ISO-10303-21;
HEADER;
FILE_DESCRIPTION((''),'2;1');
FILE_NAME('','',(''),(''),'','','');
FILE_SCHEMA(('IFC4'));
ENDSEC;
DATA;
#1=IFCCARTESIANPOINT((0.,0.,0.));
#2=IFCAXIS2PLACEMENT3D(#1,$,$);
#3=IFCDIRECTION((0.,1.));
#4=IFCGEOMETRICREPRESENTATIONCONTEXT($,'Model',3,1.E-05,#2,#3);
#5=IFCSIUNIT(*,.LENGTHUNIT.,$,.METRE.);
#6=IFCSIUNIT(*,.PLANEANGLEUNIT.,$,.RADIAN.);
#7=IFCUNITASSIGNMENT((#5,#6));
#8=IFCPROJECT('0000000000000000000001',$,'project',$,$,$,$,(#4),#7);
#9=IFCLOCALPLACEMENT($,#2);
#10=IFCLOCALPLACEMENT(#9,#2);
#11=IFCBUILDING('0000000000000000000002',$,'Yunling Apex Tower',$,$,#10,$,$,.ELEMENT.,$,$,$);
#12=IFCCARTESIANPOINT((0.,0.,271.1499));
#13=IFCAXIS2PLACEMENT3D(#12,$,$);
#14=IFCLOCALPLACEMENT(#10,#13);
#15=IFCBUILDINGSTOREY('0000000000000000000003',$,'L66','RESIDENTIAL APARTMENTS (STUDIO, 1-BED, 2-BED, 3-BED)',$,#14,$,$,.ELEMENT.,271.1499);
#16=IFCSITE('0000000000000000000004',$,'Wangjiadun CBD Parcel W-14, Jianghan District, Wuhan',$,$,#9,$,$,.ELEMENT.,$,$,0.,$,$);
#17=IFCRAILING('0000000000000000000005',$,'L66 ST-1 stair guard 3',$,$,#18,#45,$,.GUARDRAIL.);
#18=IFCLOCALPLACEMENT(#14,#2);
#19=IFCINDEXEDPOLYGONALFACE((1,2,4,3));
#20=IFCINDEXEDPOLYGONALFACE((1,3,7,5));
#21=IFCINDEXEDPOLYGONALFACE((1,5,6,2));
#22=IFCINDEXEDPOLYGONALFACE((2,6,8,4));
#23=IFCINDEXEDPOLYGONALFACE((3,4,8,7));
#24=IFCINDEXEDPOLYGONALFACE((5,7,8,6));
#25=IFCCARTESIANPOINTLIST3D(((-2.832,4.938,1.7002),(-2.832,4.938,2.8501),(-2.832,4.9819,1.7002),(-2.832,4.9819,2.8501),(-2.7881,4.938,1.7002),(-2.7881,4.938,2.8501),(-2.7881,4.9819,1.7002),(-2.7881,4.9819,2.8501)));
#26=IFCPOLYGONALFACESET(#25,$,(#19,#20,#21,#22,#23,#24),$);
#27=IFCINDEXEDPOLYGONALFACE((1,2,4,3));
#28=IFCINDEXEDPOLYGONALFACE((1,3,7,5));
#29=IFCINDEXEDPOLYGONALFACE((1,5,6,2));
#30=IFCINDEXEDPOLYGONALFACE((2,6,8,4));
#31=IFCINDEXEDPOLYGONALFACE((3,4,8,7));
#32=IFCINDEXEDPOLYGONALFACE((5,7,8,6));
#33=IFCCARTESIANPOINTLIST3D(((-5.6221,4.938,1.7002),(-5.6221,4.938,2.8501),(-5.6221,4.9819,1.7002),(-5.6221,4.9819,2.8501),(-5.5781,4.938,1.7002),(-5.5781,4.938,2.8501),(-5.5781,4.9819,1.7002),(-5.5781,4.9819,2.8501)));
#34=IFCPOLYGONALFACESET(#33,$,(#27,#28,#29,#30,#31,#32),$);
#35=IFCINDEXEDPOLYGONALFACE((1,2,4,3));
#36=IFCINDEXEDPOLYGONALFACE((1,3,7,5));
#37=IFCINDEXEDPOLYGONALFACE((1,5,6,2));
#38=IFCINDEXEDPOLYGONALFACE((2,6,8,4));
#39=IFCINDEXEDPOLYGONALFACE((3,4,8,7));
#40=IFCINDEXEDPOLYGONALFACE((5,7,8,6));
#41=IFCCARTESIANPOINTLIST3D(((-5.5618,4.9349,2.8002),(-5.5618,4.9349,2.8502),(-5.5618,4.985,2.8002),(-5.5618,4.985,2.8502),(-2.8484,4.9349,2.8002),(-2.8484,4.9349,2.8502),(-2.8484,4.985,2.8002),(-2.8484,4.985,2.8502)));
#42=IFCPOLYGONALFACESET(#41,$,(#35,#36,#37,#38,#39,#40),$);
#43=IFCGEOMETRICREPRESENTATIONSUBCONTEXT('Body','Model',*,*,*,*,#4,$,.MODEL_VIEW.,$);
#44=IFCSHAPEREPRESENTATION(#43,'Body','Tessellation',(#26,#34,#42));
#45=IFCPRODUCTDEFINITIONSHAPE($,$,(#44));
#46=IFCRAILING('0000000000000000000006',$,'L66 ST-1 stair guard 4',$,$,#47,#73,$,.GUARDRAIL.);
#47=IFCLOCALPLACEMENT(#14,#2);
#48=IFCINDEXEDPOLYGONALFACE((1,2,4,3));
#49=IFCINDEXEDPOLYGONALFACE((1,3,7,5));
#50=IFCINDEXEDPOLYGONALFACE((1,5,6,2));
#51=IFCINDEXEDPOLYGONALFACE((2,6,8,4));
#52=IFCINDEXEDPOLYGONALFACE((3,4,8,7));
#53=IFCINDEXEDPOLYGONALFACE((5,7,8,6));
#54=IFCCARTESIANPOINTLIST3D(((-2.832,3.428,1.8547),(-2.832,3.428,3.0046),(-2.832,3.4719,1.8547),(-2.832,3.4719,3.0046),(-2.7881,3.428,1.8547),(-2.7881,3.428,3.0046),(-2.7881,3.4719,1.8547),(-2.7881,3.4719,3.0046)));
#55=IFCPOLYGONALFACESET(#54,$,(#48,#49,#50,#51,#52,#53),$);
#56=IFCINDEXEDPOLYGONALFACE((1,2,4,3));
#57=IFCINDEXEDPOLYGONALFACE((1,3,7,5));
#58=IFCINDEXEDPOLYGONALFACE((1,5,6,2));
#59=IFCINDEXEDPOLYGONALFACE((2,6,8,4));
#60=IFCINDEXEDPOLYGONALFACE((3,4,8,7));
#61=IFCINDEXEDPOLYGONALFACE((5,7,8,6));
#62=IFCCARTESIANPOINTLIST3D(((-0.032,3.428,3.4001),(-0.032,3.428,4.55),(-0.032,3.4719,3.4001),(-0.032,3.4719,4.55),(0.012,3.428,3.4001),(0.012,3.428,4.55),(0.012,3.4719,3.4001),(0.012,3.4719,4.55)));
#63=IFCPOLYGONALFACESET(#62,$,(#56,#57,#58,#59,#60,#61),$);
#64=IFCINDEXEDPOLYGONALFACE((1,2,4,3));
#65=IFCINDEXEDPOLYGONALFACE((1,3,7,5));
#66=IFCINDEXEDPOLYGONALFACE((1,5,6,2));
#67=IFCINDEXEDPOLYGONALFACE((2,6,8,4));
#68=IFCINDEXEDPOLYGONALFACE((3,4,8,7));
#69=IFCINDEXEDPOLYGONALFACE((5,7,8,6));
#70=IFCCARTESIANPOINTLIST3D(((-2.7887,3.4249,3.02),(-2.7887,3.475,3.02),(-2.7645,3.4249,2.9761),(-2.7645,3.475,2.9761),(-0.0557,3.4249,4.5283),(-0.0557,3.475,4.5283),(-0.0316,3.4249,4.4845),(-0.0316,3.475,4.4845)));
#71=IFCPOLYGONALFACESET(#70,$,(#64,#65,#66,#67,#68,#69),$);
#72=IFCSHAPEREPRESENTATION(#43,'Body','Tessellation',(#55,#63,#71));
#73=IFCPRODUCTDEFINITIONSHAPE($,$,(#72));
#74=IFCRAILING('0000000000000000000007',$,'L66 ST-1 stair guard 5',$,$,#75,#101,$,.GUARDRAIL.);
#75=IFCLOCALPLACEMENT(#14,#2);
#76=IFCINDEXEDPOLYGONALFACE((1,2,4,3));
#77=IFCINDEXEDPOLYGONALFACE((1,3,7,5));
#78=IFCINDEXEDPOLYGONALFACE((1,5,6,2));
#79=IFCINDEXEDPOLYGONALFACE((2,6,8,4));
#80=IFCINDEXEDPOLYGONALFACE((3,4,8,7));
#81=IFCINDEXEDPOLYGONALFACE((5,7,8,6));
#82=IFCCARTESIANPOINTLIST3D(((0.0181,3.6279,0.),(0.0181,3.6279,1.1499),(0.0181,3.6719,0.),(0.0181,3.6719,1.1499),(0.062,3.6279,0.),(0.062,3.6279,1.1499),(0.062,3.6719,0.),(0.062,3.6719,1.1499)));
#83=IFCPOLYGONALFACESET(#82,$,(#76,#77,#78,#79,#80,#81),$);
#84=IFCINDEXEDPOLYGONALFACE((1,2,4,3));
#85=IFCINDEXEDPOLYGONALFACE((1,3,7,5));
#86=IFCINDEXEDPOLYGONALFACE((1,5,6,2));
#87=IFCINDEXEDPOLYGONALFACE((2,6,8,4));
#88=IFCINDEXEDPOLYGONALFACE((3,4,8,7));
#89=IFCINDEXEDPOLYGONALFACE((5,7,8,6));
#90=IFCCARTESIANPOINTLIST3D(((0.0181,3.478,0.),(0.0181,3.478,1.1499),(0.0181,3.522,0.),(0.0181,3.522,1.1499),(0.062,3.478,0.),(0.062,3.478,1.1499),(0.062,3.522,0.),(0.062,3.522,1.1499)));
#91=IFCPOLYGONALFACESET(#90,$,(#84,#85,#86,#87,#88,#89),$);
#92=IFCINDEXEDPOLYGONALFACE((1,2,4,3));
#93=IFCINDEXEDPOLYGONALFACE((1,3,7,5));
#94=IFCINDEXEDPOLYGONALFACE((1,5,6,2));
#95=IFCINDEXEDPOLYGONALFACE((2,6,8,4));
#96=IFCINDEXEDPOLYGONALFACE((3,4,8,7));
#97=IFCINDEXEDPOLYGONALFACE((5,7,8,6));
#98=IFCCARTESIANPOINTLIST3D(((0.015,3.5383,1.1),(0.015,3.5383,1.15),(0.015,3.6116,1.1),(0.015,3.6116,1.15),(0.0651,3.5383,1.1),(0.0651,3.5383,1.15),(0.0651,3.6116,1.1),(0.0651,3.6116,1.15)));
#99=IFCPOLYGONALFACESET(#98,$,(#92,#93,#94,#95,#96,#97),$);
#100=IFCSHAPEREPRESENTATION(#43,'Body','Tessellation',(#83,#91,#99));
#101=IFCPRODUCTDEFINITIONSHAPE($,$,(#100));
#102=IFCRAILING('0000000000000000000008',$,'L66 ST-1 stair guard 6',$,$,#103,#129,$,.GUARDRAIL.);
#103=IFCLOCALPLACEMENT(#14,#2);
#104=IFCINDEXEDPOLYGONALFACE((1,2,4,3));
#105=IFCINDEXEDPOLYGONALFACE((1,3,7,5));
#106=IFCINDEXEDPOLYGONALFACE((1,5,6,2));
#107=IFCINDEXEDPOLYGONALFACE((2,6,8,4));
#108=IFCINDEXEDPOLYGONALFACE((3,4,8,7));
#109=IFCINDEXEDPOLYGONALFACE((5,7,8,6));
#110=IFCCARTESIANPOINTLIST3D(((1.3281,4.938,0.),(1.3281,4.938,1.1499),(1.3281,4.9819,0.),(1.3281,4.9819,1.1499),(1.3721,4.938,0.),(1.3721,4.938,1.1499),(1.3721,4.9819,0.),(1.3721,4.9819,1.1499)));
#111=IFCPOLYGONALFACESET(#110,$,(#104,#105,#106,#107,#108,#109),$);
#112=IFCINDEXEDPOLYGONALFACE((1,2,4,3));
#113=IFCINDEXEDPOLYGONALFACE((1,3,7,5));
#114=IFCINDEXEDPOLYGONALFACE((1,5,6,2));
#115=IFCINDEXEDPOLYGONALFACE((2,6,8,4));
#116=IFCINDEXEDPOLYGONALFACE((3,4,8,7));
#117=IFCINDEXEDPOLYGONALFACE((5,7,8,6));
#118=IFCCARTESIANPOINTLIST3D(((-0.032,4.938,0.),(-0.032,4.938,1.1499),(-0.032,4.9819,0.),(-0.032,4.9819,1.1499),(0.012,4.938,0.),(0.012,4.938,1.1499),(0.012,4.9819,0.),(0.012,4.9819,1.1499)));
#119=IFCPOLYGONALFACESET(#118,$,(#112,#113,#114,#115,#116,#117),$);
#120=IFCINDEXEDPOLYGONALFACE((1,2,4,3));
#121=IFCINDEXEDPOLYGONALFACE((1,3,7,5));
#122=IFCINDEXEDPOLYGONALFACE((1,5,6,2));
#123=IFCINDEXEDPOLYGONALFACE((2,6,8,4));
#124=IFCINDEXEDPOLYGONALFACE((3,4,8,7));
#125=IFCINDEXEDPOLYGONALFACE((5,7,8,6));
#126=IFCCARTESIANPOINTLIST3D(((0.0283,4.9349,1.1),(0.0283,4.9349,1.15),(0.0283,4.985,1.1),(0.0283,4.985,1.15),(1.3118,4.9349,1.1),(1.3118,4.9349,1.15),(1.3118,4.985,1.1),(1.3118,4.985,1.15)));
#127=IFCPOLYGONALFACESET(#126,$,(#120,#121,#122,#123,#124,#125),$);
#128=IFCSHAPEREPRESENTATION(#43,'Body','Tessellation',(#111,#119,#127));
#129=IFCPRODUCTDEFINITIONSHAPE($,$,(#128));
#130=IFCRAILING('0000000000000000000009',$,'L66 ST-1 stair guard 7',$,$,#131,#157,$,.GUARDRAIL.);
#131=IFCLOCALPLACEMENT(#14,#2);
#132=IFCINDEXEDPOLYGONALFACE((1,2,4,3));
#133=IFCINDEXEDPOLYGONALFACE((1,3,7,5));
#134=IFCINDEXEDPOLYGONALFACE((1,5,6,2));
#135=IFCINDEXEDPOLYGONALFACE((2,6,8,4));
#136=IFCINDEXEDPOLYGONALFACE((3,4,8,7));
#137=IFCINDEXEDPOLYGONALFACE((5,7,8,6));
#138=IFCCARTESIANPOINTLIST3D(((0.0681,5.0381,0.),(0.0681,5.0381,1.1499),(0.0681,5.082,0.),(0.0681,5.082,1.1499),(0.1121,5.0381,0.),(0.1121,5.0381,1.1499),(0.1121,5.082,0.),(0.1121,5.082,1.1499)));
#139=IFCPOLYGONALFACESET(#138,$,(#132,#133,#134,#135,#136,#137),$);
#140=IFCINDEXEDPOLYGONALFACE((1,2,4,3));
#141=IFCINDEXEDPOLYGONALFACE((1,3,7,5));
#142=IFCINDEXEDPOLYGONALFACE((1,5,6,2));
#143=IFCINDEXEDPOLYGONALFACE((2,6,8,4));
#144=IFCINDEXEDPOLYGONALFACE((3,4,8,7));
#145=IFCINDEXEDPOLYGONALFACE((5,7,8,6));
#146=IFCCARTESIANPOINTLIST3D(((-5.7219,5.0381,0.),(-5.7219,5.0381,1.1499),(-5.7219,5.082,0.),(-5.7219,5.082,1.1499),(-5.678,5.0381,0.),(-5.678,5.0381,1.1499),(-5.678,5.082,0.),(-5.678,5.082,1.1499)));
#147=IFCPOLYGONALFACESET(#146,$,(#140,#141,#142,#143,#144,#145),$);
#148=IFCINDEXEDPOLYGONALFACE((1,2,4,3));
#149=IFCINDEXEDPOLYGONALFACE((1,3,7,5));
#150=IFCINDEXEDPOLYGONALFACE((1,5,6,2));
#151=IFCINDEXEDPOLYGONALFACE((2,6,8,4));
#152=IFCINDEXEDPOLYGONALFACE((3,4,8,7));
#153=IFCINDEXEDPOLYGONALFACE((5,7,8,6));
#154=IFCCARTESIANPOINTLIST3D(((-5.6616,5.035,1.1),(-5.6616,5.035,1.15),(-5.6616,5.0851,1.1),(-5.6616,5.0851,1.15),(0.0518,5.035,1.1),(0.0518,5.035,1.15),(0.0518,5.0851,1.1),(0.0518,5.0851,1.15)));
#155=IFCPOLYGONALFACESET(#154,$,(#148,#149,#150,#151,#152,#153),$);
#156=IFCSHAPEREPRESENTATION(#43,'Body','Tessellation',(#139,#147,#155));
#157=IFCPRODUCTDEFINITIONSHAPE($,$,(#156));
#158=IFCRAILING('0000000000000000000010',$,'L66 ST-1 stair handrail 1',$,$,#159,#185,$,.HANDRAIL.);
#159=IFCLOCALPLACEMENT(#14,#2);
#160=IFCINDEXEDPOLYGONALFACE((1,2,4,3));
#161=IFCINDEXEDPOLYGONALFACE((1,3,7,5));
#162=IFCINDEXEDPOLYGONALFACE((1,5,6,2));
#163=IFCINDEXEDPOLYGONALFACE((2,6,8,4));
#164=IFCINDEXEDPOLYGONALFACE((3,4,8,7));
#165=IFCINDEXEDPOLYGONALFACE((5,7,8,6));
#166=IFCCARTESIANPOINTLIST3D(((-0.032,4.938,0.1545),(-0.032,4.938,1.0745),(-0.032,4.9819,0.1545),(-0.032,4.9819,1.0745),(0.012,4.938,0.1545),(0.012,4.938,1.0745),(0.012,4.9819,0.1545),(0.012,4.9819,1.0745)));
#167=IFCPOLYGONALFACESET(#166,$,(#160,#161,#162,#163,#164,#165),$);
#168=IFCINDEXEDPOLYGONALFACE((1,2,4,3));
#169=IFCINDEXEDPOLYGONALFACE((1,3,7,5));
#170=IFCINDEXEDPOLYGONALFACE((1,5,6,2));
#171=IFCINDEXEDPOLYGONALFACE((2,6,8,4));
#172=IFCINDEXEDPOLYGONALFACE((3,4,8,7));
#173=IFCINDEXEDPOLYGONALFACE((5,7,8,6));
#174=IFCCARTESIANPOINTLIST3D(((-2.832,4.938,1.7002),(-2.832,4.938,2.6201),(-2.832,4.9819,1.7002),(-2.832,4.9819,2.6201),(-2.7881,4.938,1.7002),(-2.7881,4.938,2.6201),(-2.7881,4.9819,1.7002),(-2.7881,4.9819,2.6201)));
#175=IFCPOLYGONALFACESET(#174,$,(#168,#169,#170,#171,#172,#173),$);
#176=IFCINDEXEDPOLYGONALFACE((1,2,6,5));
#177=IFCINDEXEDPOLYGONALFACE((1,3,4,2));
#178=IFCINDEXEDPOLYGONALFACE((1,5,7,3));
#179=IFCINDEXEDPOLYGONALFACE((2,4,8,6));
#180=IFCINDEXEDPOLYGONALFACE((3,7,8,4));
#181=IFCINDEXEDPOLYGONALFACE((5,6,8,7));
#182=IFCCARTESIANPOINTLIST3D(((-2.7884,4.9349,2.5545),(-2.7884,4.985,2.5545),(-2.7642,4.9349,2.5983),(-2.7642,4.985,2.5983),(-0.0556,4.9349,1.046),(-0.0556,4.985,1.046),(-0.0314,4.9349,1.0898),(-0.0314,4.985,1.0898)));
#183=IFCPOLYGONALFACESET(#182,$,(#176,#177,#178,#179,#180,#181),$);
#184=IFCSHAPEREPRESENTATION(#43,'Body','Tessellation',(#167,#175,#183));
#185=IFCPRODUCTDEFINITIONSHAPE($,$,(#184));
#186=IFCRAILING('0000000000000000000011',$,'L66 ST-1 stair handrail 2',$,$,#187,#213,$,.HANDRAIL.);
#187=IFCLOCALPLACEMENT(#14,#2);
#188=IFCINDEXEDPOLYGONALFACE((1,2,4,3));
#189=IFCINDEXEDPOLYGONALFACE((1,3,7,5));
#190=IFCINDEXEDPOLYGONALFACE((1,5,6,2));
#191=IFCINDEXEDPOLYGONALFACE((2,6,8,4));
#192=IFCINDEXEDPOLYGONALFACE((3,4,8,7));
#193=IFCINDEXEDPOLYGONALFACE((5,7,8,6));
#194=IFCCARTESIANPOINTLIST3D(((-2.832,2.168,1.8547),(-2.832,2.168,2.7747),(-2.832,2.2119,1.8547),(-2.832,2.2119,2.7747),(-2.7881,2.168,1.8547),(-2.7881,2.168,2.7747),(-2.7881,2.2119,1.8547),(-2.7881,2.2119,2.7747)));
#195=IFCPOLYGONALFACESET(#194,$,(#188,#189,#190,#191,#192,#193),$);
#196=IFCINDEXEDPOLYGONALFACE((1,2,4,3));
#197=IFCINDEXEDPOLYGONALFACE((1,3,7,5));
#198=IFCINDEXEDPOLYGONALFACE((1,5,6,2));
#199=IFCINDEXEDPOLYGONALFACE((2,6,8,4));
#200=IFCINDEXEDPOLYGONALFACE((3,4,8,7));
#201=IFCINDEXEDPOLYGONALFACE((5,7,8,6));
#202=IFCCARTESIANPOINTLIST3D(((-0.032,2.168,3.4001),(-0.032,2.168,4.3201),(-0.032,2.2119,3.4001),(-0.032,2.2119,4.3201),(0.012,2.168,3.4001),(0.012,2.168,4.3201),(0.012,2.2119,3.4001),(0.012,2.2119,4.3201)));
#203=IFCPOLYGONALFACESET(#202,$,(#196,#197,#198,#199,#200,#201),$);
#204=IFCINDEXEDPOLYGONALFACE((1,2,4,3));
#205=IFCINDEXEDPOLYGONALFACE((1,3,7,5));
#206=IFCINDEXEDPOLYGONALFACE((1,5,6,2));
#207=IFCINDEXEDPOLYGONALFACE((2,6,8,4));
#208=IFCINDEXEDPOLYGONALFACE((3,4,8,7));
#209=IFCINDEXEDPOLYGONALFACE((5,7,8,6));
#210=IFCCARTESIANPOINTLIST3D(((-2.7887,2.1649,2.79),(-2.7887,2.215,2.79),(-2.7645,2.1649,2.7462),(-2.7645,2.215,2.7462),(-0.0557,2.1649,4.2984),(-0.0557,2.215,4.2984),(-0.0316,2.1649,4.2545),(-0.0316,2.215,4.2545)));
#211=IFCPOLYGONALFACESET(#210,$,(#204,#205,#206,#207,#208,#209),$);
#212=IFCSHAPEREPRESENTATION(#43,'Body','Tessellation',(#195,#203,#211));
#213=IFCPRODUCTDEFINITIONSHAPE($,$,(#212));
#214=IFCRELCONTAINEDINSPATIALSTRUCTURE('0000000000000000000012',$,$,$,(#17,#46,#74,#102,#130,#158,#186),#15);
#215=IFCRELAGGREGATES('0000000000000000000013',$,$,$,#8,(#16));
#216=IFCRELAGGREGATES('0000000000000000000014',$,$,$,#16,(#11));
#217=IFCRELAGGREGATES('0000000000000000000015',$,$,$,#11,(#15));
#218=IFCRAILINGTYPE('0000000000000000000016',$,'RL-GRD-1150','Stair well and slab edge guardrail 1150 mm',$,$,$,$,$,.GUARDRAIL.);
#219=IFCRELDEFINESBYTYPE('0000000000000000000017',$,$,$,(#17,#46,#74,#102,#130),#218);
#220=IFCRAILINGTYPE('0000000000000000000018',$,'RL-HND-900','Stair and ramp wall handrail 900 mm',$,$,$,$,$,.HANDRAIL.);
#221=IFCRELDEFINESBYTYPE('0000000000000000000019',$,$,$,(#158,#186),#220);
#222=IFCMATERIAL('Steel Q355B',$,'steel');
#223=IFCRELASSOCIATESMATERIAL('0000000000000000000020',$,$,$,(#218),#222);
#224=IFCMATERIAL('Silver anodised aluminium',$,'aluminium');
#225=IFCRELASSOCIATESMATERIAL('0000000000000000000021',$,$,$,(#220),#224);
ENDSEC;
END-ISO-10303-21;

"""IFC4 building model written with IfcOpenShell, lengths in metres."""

from ifc_helpers import new_model, si_unit, direction, frame, origin, origin_2d, place, context, subcontext, project, spatial, rectangle, extrude, material, type_object, element, save


model = new_model("IFC4")

# Units and contexts
model_context = context("Model", 3, precision=1e-05, world=origin(), true_north=direction((0.0, 1.0)))
body_context = subcontext(model_context, "Body", "Model", "MODEL_VIEW")
ifc_project = project(units=[si_unit("LENGTHUNIT", "METRE"), si_unit("PLANEANGLEUNIT", "RADIAN")], contexts=[model_context])

# Site, building, storey
site_placement = place(None, origin())
site = spatial("IfcSite", under=ifc_project, at=site_placement, Name="Wangjiadun CBD Parcel W-14, Jianghan District, Wuhan", CompositionType="ELEMENT", RefElevation=0.0)
building_placement = place(site_placement, origin())
building = spatial("IfcBuilding", under=site, at=building_placement, Name="Yunling Apex Tower", CompositionType="ELEMENT")
storey_placement = place(building_placement, frame((0.0, 0.0, 271.1499)))
storey = spatial("IfcBuildingStorey", under=building, at=storey_placement, Name="L66", Description="RESIDENTIAL APARTMENTS (STUDIO, 1-BED, 2-BED, 3-BED)", CompositionType="ELEMENT", Elevation=271.1499)

# Shared definitions
ifc_material_1 = material(Name="Steel Q355B", Category="steel")

# Railings
railing_type_1 = type_object("IfcRailingType", Name="RL-GRD-1150", Description="Stair well and slab edge guardrail 1150 mm", PredefinedType="GUARDRAIL", material=ifc_material_1)
railing_1_placement = place(storey_placement, frame((-2.8101, 4.96, 1.7002)))
element("IfcRailing", 1, at=railing_1_placement, inside=storey, type_object=railing_type_1, Name="L66 ST-1 stair guard 3", PredefinedType="GUARDRAIL", context=body_context, shape_type="SweptSolid", body=[
    extrude(rectangle(XDim=0.0439, YDim=0.0439, at=origin_2d()), origin(), (0.0, 0.0, 1.0), 1.1499),
    extrude(rectangle(XDim=0.0439, YDim=0.0439, at=origin_2d()), frame((-2.79, 0.0, 0.0)), (0.0, 0.0, 1.0), 1.1499),
    extrude(rectangle(XDim=0.05, YDim=0.05, at=origin_2d()), frame((-0.0383, 0.0, 1.125), z_axis=(-1.0, 0.0, 0.0), x_axis=(0.0, -1.0, 0.0)), (0.0, 0.0, 1.0), 2.7134),
])
railing_2_placement = place(storey_placement, frame((-2.8101, 3.45, 1.8547)))
element("IfcRailing", 2, at=railing_2_placement, inside=storey, type_object=railing_type_1, Name="L66 ST-1 stair guard 4", PredefinedType="GUARDRAIL", context=body_context, shape_type="SweptSolid", body=[
    extrude(rectangle(XDim=0.0439, YDim=0.0439, at=origin_2d()), origin(), (0.0, 0.0, 1.0), 1.1499),
    extrude(rectangle(XDim=0.0439, YDim=0.0439, at=origin_2d()), frame((2.8, 0.0, 1.5454)), (0.0, 0.0, 1.0), 1.1499),
    extrude(rectangle(XDim=0.05, YDim=0.05, at=origin_2d()), frame((0.0334, 0.0, 1.1433), z_axis=(0.875504, 0.0, 0.483211), x_axis=(0.0, 1.0, 0.0)), (0.0, 0.0, 1.0), 3.1216),
])
railing_3_placement = place(storey_placement, frame((0.04, 3.6499, 0.0)))
element("IfcRailing", 3, at=railing_3_placement, inside=storey, type_object=railing_type_1, Name="L66 ST-1 stair guard 5", PredefinedType="GUARDRAIL", context=body_context, shape_type="SweptSolid", body=[
    extrude(rectangle(XDim=0.0439, YDim=0.0439, at=origin_2d()), origin(), (0.0, 0.0, 1.0), 1.1499),
    extrude(rectangle(XDim=0.0439, YDim=0.0439, at=origin_2d()), frame((0.0, -0.1499, 0.0)), (0.0, 0.0, 1.0), 1.1499),
    extrude(rectangle(XDim=0.05, YDim=0.05, at=origin_2d()), frame((0.0, -0.0383, 1.125), z_axis=(0.0, -1.0, 0.0), x_axis=(1.0, 0.0, 0.0)), (0.0, 0.0, 1.0), 0.0732),
])
railing_4_placement = place(storey_placement, frame((1.3501, 4.96, 0.0)))
element("IfcRailing", 4, at=railing_4_placement, inside=storey, type_object=railing_type_1, Name="L66 ST-1 stair guard 6", PredefinedType="GUARDRAIL", context=body_context, shape_type="SweptSolid", body=[
    extrude(rectangle(XDim=0.0439, YDim=0.0439, at=origin_2d()), origin(), (0.0, 0.0, 1.0), 1.1499),
    extrude(rectangle(XDim=0.0439, YDim=0.0439, at=origin_2d()), frame((-1.3601, 0.0, 0.0)), (0.0, 0.0, 1.0), 1.1499),
    extrude(rectangle(XDim=0.05, YDim=0.05, at=origin_2d()), frame((-0.0383, 0.0, 1.125), z_axis=(-1.0, 0.0, 0.0), x_axis=(0.0, -1.0, 0.0)), (0.0, 0.0, 1.0), 1.2834),
])
railing_5_placement = place(storey_placement, frame((0.0901, 5.0601, 0.0)))
element("IfcRailing", 5, at=railing_5_placement, inside=storey, type_object=railing_type_1, Name="L66 ST-1 stair guard 7", PredefinedType="GUARDRAIL", context=body_context, shape_type="SweptSolid", body=[
    extrude(rectangle(XDim=0.0439, YDim=0.0439, at=origin_2d()), origin(), (0.0, 0.0, 1.0), 1.1499),
    extrude(rectangle(XDim=0.0439, YDim=0.0439, at=origin_2d()), frame((-5.79, 0.0, 0.0)), (0.0, 0.0, 1.0), 1.1499),
    extrude(rectangle(XDim=0.05, YDim=0.05, at=origin_2d()), frame((-0.0383, 0.0, 1.125), z_axis=(-1.0, 0.0, 0.0), x_axis=(0.0, -1.0, 0.0)), (0.0, 0.0, 1.0), 5.7134),
])
ifc_material_2 = material(Name="Silver anodised aluminium", Category="aluminium")
railing_type_2 = type_object("IfcRailingType", Name="RL-HND-900", Description="Stair and ramp wall handrail 900 mm", PredefinedType="HANDRAIL", material=ifc_material_2)
railing_6_placement = place(storey_placement, frame((-0.01, 4.96, 0.1545)))
element("IfcRailing", 6, at=railing_6_placement, inside=storey, type_object=railing_type_2, Name="L66 ST-1 stair handrail 1", PredefinedType="HANDRAIL", context=body_context, shape_type="SweptSolid", body=[
    extrude(rectangle(XDim=0.0439, YDim=0.0439, at=origin_2d()), origin(), (0.0, 0.0, 1.0), 0.9199),
    extrude(rectangle(XDim=0.0439, YDim=0.0439, at=origin_2d()), frame((-2.8, 0.0, 1.5457)), (0.0, 0.0, 1.0), 0.9199),
    extrude(rectangle(XDim=0.05, YDim=0.05, at=origin_2d()), frame((-0.0334, 0.0, 0.9133), z_axis=(-0.875472, 0.0, 0.483269), x_axis=(0.0, -1.0, 0.0)), (0.0, 0.0, 1.0), 3.1216),
])
railing_7_placement = place(storey_placement, frame((-2.8101, 2.1899, 1.8547)))
element("IfcRailing", 7, at=railing_7_placement, inside=storey, type_object=railing_type_2, Name="L66 ST-1 stair handrail 2", PredefinedType="HANDRAIL", context=body_context, shape_type="SweptSolid", body=[
    extrude(rectangle(XDim=0.0439, YDim=0.0439, at=origin_2d()), origin(), (0.0, 0.0, 1.0), 0.9199),
    extrude(rectangle(XDim=0.0439, YDim=0.0439, at=origin_2d()), frame((2.8, 0.0, 1.5454)), (0.0, 0.0, 1.0), 0.9199),
    extrude(rectangle(XDim=0.05, YDim=0.05, at=origin_2d()), frame((0.0334, 0.0, 0.9133), z_axis=(0.875504, 0.0, 0.483211), x_axis=(0.0, 1.0, 0.0)), (0.0, 0.0, 1.0), 3.1216),
])

save(model, "model.ifc")
